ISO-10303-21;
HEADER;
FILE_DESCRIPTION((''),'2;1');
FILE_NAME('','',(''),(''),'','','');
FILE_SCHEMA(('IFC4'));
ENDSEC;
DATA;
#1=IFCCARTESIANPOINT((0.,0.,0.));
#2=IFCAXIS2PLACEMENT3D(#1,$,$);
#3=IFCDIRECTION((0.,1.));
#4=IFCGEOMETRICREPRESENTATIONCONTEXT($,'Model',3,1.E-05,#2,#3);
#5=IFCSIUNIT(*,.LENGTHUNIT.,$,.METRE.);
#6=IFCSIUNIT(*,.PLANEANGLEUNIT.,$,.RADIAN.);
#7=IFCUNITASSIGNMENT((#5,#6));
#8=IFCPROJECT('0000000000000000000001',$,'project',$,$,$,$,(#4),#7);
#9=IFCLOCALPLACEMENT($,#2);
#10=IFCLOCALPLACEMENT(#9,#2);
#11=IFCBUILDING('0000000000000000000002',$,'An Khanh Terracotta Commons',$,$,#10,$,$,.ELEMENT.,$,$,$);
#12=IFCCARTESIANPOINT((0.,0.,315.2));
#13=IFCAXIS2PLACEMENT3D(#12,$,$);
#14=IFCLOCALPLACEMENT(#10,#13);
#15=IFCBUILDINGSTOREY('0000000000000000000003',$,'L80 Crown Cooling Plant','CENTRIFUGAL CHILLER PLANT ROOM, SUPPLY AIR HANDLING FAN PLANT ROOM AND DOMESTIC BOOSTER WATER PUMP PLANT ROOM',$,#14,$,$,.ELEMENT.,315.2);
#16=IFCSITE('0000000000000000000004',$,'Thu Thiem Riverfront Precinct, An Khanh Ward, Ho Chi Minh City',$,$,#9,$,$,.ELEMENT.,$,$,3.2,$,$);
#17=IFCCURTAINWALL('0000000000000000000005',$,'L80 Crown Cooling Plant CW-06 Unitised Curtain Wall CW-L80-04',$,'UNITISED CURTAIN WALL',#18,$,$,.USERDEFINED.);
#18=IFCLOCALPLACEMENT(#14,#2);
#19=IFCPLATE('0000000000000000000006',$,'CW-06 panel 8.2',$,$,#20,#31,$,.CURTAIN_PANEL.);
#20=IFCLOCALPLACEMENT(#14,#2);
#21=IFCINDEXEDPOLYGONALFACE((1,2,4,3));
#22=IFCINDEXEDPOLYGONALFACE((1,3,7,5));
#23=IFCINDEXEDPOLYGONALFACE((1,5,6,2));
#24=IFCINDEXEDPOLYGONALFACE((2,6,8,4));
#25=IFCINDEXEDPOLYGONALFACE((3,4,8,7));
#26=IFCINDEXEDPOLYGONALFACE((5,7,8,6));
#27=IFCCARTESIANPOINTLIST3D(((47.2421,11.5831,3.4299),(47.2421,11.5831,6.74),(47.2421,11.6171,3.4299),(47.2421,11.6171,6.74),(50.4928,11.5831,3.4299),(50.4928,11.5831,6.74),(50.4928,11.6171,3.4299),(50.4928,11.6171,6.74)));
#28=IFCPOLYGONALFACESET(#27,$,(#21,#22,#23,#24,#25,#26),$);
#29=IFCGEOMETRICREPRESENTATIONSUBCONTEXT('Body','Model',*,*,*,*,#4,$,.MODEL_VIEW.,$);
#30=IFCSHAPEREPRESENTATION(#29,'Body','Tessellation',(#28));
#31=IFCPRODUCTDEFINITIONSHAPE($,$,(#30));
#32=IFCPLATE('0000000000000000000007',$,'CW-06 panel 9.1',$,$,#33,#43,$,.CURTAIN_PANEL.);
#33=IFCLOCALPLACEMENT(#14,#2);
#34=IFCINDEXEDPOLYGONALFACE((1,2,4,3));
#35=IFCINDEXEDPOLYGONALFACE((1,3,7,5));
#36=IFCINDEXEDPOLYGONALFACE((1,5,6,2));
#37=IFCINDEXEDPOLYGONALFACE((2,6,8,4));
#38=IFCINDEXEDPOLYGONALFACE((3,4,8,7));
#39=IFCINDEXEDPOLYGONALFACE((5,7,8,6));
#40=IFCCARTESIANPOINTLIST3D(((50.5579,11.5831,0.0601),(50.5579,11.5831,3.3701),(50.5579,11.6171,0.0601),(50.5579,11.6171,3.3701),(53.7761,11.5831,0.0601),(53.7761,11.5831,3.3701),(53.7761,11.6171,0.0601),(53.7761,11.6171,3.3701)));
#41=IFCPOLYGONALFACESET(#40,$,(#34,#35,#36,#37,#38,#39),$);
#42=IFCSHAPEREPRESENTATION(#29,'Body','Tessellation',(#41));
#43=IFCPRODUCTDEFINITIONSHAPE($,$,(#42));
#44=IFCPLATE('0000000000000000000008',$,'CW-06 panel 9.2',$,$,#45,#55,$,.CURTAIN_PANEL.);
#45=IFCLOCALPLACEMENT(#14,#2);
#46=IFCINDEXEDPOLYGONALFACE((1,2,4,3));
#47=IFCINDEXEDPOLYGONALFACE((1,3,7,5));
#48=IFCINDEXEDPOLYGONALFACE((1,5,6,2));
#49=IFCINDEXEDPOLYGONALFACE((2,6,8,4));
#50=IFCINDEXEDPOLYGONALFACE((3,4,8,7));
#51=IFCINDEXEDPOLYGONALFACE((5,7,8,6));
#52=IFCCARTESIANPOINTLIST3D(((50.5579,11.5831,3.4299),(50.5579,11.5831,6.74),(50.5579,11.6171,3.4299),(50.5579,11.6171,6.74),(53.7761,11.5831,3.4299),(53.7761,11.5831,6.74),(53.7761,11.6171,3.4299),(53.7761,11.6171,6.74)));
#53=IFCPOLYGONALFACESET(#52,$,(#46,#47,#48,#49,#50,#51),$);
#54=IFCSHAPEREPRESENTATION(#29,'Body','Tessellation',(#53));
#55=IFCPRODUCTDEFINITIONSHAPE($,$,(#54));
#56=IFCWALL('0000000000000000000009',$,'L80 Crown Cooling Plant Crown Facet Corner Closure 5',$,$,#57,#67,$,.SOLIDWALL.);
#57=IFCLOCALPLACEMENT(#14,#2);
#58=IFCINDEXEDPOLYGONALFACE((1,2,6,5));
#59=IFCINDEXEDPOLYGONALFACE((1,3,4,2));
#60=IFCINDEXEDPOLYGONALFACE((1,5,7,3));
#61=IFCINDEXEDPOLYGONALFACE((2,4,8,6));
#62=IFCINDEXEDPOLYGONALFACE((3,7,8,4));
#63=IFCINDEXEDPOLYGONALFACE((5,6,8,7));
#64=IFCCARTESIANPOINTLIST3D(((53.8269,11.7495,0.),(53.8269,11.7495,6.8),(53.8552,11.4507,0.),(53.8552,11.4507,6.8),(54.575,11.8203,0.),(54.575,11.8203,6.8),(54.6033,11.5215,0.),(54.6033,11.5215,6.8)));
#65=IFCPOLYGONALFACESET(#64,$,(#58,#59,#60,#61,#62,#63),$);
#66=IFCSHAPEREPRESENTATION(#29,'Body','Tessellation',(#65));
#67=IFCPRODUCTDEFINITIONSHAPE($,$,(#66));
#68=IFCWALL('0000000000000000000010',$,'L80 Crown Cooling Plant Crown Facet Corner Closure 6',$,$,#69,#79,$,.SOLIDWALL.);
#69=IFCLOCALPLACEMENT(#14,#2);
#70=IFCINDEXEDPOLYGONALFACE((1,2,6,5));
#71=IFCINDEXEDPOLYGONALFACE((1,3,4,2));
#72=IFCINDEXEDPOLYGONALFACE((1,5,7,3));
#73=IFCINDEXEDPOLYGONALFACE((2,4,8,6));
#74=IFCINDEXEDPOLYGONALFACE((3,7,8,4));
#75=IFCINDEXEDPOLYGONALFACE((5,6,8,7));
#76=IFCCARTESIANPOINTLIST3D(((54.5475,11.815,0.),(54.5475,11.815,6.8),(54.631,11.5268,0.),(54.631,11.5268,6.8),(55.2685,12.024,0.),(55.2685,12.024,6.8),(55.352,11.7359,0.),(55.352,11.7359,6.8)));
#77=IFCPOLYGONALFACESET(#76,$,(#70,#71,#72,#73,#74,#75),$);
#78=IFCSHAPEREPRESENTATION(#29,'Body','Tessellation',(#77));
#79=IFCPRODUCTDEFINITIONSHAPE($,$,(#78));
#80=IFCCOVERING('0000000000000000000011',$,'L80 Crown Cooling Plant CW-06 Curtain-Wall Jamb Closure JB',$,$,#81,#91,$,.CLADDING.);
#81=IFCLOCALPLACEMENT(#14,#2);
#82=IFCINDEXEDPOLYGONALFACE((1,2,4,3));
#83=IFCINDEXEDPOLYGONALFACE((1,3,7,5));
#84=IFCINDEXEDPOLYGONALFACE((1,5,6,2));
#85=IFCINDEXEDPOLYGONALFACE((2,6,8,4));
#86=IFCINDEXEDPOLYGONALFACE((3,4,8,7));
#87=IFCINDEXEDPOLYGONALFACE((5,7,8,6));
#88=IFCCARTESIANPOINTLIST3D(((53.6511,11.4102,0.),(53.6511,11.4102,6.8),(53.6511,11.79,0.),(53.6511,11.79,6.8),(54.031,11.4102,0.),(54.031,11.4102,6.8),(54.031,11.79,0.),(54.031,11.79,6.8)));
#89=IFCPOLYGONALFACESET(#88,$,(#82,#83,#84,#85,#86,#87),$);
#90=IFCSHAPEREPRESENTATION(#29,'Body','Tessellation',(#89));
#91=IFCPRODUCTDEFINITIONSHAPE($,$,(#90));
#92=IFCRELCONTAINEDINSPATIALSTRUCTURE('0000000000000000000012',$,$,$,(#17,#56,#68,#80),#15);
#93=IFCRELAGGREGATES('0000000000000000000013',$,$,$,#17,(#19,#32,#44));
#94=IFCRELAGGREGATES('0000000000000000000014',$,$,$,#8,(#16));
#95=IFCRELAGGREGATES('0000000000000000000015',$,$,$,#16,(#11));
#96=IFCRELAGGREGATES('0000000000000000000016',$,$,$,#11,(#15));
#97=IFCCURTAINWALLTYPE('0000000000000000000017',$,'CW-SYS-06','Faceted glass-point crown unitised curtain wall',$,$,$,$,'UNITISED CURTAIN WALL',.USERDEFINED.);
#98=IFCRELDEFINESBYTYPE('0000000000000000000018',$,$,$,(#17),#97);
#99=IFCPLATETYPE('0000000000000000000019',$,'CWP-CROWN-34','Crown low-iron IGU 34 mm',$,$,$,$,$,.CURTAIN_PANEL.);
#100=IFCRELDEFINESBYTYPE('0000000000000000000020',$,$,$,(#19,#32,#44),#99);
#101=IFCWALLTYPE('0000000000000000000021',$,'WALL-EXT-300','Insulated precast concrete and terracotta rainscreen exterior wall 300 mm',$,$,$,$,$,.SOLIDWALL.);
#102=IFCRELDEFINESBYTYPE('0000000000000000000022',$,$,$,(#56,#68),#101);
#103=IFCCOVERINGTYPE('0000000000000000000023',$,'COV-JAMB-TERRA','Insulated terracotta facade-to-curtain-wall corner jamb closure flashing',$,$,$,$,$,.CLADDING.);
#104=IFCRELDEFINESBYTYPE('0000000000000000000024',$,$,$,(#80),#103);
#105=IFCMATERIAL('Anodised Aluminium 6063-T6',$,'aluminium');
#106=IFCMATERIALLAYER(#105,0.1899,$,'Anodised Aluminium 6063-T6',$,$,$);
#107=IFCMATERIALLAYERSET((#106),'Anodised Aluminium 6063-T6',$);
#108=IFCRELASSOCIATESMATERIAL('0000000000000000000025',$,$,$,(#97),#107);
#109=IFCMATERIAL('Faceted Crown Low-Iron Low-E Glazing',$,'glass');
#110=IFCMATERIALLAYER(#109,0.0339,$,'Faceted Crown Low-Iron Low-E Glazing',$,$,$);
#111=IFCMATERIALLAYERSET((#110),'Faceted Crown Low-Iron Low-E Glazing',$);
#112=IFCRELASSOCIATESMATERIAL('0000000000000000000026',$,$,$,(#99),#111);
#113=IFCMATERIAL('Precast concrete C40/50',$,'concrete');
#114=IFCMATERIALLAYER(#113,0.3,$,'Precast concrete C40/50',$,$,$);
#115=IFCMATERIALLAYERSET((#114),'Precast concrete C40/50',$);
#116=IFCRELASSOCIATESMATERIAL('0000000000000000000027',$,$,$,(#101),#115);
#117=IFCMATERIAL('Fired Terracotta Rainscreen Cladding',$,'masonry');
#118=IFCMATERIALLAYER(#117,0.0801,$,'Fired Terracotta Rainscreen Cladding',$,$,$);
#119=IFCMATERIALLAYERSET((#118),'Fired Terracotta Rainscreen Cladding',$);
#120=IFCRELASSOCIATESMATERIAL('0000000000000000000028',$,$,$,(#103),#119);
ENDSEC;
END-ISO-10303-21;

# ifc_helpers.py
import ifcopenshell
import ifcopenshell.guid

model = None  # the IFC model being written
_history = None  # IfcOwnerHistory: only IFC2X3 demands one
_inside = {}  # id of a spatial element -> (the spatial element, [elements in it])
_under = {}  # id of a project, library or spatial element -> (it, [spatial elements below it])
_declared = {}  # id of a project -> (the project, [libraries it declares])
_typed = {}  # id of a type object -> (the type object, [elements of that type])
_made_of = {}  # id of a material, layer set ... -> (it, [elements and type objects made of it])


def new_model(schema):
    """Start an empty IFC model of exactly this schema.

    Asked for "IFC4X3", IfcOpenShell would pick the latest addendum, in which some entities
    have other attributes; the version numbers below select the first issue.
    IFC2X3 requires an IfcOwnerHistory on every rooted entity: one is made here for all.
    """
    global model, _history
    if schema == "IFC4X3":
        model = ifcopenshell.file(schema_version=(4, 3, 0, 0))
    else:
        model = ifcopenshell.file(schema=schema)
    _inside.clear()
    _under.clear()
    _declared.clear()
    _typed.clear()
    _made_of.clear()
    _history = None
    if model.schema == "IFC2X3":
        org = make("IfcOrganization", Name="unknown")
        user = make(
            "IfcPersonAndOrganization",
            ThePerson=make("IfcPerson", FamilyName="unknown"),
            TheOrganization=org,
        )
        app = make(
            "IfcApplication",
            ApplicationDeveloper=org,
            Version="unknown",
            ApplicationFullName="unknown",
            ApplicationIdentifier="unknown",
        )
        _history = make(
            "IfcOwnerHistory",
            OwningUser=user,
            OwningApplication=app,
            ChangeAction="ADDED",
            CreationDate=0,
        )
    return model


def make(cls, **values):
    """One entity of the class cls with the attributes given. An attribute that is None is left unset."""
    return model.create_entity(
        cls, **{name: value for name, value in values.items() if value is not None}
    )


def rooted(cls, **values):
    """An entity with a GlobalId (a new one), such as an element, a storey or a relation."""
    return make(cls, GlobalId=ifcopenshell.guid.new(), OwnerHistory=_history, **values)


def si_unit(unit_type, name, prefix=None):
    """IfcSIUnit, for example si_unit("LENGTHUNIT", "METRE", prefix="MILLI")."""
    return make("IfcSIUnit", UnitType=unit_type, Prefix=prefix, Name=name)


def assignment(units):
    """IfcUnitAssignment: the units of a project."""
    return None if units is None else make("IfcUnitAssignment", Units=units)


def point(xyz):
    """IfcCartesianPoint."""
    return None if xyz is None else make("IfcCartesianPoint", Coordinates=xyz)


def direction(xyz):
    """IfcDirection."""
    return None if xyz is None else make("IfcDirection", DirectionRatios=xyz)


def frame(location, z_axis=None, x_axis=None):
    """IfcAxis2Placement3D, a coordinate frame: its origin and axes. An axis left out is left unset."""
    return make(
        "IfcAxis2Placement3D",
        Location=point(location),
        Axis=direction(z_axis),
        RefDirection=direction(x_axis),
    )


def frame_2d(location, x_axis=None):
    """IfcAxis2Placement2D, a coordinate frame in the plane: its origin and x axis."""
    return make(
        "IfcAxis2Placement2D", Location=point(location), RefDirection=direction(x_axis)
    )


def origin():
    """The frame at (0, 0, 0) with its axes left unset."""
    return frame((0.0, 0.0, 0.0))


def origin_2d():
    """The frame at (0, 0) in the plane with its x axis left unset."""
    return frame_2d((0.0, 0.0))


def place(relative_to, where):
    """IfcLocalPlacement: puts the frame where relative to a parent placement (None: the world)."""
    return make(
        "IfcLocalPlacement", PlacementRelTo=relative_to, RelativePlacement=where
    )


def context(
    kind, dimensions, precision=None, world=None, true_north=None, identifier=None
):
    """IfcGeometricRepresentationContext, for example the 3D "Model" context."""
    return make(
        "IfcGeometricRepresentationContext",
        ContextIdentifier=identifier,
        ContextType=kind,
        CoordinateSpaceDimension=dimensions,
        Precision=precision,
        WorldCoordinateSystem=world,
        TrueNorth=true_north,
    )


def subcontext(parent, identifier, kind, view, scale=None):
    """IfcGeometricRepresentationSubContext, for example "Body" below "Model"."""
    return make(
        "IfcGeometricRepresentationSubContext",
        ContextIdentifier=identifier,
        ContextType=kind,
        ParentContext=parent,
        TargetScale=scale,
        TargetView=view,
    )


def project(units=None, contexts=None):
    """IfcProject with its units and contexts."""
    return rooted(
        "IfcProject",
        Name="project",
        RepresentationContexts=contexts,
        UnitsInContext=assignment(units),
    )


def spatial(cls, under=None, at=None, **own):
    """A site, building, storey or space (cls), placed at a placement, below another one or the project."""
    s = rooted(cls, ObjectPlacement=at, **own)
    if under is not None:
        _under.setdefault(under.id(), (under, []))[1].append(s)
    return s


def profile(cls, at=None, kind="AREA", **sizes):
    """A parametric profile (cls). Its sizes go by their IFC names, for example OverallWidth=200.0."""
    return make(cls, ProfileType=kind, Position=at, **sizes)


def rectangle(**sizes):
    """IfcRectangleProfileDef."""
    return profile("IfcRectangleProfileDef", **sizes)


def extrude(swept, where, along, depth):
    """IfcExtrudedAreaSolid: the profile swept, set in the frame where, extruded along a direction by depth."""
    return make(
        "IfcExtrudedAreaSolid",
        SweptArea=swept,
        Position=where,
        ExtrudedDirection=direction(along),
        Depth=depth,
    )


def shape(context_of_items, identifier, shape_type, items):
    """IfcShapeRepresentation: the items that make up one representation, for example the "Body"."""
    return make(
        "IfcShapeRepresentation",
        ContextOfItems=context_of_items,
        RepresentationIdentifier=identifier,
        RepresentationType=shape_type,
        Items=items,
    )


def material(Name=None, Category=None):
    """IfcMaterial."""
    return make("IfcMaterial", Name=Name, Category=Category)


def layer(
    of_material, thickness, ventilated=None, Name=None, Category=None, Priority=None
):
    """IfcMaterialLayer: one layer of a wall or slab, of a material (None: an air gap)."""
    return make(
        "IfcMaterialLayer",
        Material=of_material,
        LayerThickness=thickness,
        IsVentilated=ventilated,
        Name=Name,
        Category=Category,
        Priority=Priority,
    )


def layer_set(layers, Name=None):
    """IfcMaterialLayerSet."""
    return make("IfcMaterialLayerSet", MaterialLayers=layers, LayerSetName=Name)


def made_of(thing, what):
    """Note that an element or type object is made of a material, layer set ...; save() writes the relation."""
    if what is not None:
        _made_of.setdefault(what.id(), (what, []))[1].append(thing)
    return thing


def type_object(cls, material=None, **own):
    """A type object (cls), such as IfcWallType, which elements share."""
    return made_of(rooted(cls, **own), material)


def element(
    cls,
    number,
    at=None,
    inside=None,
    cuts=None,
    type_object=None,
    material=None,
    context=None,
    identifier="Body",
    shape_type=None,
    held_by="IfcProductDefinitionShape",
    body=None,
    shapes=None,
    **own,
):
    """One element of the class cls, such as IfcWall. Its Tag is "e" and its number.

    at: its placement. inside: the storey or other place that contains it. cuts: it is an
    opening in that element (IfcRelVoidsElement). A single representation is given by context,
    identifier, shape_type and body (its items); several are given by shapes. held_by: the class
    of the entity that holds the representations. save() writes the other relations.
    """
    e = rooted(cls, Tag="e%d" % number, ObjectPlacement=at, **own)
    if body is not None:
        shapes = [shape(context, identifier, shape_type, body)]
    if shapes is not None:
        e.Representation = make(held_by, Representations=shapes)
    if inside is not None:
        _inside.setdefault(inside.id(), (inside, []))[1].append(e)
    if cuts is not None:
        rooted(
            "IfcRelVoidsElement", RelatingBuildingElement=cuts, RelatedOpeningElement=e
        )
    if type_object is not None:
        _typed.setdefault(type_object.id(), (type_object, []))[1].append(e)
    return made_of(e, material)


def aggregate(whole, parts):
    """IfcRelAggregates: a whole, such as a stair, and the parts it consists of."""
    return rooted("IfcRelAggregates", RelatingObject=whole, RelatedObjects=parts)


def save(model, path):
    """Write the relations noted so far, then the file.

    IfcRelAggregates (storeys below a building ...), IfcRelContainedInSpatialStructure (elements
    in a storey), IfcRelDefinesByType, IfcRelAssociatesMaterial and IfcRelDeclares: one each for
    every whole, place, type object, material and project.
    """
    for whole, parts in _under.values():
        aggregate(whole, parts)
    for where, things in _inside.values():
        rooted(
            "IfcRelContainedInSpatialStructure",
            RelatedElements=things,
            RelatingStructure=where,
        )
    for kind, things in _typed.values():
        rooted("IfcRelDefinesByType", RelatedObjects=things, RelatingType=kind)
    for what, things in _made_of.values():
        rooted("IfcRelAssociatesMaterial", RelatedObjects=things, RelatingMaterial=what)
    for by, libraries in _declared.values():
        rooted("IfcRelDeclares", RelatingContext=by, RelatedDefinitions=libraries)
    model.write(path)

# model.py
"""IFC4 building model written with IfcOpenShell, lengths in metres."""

from ifc_helpers import new_model, si_unit, direction, frame, frame_2d, origin, origin_2d, place, context, subcontext, project, spatial, rectangle, extrude, material, layer, layer_set, type_object, element, aggregate, save


model = new_model("IFC4")

# Units and contexts
model_context = context("Model", 3, precision=1e-05, world=origin(), true_north=direction((0.0, 1.0)))
body_context = subcontext(model_context, "Body", "Model", "MODEL_VIEW")
ifc_project = project(units=[si_unit("LENGTHUNIT", "METRE"), si_unit("PLANEANGLEUNIT", "RADIAN")], contexts=[model_context])

# Site, building, storey
site_placement = place(None, origin())
site = spatial("IfcSite", under=ifc_project, at=site_placement, Name="Thu Thiem Riverfront Precinct, An Khanh Ward, Ho Chi Minh City", CompositionType="ELEMENT", RefElevation=3.2)
building_placement = place(site_placement, origin())
building = spatial("IfcBuilding", under=site, at=building_placement, Name="An Khanh Terracotta Commons", CompositionType="ELEMENT")
storey_placement = place(building_placement, frame((0.0, 0.0, 315.2)))
storey = spatial("IfcBuildingStorey", under=building, at=storey_placement, Name="L80 Crown Cooling Plant", Description="CENTRIFUGAL CHILLER PLANT ROOM, SUPPLY AIR HANDLING FAN PLANT ROOM AND DOMESTIC BOOSTER WATER PUMP PLANT ROOM", CompositionType="ELEMENT", Elevation=315.2)

# Curtain wall
ifc_material_1 = material(Name="Anodised Aluminium 6063-T6", Category="aluminium")
ifc_layer_1 = layer(ifc_material_1, 0.1899, Name="Anodised Aluminium 6063-T6")
ifc_layer_set_1 = layer_set([ifc_layer_1], Name="Anodised Aluminium 6063-T6")
curtain_wall_type = type_object("IfcCurtainWallType", Name="CW-SYS-06", Description="Faceted glass-point crown unitised curtain wall", ElementType="UNITISED CURTAIN WALL", PredefinedType="USERDEFINED", material=ifc_layer_set_1)
curtain_wall_placement = place(storey_placement, origin())
curtain_wall = element("IfcCurtainWall", 1, at=curtain_wall_placement, inside=storey, type_object=curtain_wall_type, Name="L80 Crown Cooling Plant CW-06 Unitised Curtain Wall CW-L80-04", ObjectType="UNITISED CURTAIN WALL", PredefinedType="USERDEFINED")

# Plates
ifc_material_2 = material(Name="Faceted Crown Low-Iron Low-E Glazing", Category="glass")
ifc_layer_2 = layer(ifc_material_2, 0.0339, Name="Faceted Crown Low-Iron Low-E Glazing")
ifc_layer_set_2 = layer_set([ifc_layer_2], Name="Faceted Crown Low-Iron Low-E Glazing")
plate_type_1 = type_object("IfcPlateType", Name="CWP-CROWN-34", Description="Crown low-iron IGU 34 mm", PredefinedType="CURTAIN_PANEL", material=ifc_layer_set_2)
plate_1_placement = place(storey_placement, frame((48.8674, 11.6001, 3.4299), z_axis=(0.0, 0.0, 1.0), x_axis=(1.0, 0.0, 0.0)))
plate_1 = element("IfcPlate", 2, at=plate_1_placement, type_object=plate_type_1, Name="CW-06 panel 8.2", PredefinedType="CURTAIN_PANEL", context=body_context, shape_type="SweptSolid", body=[
    extrude(rectangle(XDim=3.2507, YDim=0.0339, at=origin_2d()), origin(), (0.0, 0.0, 1.0), 3.3101),
])
plate_2_placement = place(storey_placement, frame((52.167, 11.6001, 0.0601), z_axis=(0.0, 0.0, 1.0), x_axis=(1.0, 0.0, 0.0)))
plate_2 = element("IfcPlate", 3, at=plate_2_placement, type_object=plate_type_1, Name="CW-06 panel 9.1", PredefinedType="CURTAIN_PANEL", context=body_context, shape_type="SweptSolid", body=[
    extrude(rectangle(XDim=3.2183, YDim=0.0339, at=origin_2d()), origin(), (0.0, 0.0, 1.0), 3.3101),
])
plate_3_placement = place(storey_placement, frame((52.167, 11.6001, 3.4299), z_axis=(0.0, 0.0, 1.0), x_axis=(1.0, 0.0, 0.0)))
plate_3 = element("IfcPlate", 4, at=plate_3_placement, type_object=plate_type_1, Name="CW-06 panel 9.2", PredefinedType="CURTAIN_PANEL", context=body_context, shape_type="SweptSolid", body=[
    extrude(rectangle(XDim=3.2183, YDim=0.0339, at=origin_2d()), origin(), (0.0, 0.0, 1.0), 3.3101),
])
aggregate(curtain_wall, [plate_1, plate_2, plate_3])

# Walls
ifc_material_3 = material(Name="Precast concrete C40/50", Category="concrete")
ifc_layer_3 = layer(ifc_material_3, 0.3, Name="Precast concrete C40/50")
ifc_layer_set_3 = layer_set([ifc_layer_3], Name="Precast concrete C40/50")
wall_type = type_object("IfcWallType", Name="WALL-EXT-300", Description="Insulated precast concrete and terracotta rainscreen exterior wall 300 mm", PredefinedType="SOLIDWALL", material=ifc_layer_set_3)
wall_1_placement = place(storey_placement, frame((53.8411, 11.6001, 0.0), z_axis=(0.0, 0.0, 1.0), x_axis=(0.995551, 0.094226, 0.0)))
element("IfcWall", 5, at=wall_1_placement, inside=storey, type_object=wall_type, Name="L80 Crown Cooling Plant Crown Facet Corner Closure 5", PredefinedType="SOLIDWALL", context=body_context, shape_type="SweptSolid", body=[
    extrude(rectangle(XDim=0.7515, YDim=0.3, at=frame_2d((0.3757, 0.0))), origin(), (0.0, 0.0, 1.0), 6.8),
])
wall_2_placement = place(storey_placement, frame((54.5891, 11.6709, 0.0), z_axis=(0.0, 0.0, 1.0), x_axis=(0.960461, 0.278413, 0.0)))
element("IfcWall", 6, at=wall_2_placement, inside=storey, type_object=wall_type, Name="L80 Crown Cooling Plant Crown Facet Corner Closure 6", PredefinedType="SOLIDWALL", context=body_context, shape_type="SweptSolid", body=[
    extrude(rectangle(XDim=0.7507, YDim=0.3, at=frame_2d((0.3755, 0.0))), origin(), (0.0, 0.0, 1.0), 6.8),
])

# Covering
ifc_material_4 = material(Name="Fired Terracotta Rainscreen Cladding", Category="masonry")
ifc_layer_4 = layer(ifc_material_4, 0.0801, Name="Fired Terracotta Rainscreen Cladding")
ifc_layer_set_4 = layer_set([ifc_layer_4], Name="Fired Terracotta Rainscreen Cladding")
covering_type = type_object("IfcCoveringType", Name="COV-JAMB-TERRA", Description="Insulated terracotta facade-to-curtain-wall corner jamb closure flashing", PredefinedType="CLADDING", material=ifc_layer_set_4)
covering_placement = place(storey_placement, frame((53.8411, 11.6001, 0.0), z_axis=(0.0, 0.0, 1.0), x_axis=(1.0, 0.0, 0.0)))
element("IfcCovering", 7, at=covering_placement, inside=storey, type_object=covering_type, Name="L80 Crown Cooling Plant CW-06 Curtain-Wall Jamb Closure JB", PredefinedType="CLADDING", context=body_context, shape_type="SweptSolid", body=[
    extrude(rectangle(XDim=0.3799, YDim=0.3799, at=origin_2d()), origin(), (0.0, 0.0, 1.0), 6.8),
])

save(model, "model.ifc")
